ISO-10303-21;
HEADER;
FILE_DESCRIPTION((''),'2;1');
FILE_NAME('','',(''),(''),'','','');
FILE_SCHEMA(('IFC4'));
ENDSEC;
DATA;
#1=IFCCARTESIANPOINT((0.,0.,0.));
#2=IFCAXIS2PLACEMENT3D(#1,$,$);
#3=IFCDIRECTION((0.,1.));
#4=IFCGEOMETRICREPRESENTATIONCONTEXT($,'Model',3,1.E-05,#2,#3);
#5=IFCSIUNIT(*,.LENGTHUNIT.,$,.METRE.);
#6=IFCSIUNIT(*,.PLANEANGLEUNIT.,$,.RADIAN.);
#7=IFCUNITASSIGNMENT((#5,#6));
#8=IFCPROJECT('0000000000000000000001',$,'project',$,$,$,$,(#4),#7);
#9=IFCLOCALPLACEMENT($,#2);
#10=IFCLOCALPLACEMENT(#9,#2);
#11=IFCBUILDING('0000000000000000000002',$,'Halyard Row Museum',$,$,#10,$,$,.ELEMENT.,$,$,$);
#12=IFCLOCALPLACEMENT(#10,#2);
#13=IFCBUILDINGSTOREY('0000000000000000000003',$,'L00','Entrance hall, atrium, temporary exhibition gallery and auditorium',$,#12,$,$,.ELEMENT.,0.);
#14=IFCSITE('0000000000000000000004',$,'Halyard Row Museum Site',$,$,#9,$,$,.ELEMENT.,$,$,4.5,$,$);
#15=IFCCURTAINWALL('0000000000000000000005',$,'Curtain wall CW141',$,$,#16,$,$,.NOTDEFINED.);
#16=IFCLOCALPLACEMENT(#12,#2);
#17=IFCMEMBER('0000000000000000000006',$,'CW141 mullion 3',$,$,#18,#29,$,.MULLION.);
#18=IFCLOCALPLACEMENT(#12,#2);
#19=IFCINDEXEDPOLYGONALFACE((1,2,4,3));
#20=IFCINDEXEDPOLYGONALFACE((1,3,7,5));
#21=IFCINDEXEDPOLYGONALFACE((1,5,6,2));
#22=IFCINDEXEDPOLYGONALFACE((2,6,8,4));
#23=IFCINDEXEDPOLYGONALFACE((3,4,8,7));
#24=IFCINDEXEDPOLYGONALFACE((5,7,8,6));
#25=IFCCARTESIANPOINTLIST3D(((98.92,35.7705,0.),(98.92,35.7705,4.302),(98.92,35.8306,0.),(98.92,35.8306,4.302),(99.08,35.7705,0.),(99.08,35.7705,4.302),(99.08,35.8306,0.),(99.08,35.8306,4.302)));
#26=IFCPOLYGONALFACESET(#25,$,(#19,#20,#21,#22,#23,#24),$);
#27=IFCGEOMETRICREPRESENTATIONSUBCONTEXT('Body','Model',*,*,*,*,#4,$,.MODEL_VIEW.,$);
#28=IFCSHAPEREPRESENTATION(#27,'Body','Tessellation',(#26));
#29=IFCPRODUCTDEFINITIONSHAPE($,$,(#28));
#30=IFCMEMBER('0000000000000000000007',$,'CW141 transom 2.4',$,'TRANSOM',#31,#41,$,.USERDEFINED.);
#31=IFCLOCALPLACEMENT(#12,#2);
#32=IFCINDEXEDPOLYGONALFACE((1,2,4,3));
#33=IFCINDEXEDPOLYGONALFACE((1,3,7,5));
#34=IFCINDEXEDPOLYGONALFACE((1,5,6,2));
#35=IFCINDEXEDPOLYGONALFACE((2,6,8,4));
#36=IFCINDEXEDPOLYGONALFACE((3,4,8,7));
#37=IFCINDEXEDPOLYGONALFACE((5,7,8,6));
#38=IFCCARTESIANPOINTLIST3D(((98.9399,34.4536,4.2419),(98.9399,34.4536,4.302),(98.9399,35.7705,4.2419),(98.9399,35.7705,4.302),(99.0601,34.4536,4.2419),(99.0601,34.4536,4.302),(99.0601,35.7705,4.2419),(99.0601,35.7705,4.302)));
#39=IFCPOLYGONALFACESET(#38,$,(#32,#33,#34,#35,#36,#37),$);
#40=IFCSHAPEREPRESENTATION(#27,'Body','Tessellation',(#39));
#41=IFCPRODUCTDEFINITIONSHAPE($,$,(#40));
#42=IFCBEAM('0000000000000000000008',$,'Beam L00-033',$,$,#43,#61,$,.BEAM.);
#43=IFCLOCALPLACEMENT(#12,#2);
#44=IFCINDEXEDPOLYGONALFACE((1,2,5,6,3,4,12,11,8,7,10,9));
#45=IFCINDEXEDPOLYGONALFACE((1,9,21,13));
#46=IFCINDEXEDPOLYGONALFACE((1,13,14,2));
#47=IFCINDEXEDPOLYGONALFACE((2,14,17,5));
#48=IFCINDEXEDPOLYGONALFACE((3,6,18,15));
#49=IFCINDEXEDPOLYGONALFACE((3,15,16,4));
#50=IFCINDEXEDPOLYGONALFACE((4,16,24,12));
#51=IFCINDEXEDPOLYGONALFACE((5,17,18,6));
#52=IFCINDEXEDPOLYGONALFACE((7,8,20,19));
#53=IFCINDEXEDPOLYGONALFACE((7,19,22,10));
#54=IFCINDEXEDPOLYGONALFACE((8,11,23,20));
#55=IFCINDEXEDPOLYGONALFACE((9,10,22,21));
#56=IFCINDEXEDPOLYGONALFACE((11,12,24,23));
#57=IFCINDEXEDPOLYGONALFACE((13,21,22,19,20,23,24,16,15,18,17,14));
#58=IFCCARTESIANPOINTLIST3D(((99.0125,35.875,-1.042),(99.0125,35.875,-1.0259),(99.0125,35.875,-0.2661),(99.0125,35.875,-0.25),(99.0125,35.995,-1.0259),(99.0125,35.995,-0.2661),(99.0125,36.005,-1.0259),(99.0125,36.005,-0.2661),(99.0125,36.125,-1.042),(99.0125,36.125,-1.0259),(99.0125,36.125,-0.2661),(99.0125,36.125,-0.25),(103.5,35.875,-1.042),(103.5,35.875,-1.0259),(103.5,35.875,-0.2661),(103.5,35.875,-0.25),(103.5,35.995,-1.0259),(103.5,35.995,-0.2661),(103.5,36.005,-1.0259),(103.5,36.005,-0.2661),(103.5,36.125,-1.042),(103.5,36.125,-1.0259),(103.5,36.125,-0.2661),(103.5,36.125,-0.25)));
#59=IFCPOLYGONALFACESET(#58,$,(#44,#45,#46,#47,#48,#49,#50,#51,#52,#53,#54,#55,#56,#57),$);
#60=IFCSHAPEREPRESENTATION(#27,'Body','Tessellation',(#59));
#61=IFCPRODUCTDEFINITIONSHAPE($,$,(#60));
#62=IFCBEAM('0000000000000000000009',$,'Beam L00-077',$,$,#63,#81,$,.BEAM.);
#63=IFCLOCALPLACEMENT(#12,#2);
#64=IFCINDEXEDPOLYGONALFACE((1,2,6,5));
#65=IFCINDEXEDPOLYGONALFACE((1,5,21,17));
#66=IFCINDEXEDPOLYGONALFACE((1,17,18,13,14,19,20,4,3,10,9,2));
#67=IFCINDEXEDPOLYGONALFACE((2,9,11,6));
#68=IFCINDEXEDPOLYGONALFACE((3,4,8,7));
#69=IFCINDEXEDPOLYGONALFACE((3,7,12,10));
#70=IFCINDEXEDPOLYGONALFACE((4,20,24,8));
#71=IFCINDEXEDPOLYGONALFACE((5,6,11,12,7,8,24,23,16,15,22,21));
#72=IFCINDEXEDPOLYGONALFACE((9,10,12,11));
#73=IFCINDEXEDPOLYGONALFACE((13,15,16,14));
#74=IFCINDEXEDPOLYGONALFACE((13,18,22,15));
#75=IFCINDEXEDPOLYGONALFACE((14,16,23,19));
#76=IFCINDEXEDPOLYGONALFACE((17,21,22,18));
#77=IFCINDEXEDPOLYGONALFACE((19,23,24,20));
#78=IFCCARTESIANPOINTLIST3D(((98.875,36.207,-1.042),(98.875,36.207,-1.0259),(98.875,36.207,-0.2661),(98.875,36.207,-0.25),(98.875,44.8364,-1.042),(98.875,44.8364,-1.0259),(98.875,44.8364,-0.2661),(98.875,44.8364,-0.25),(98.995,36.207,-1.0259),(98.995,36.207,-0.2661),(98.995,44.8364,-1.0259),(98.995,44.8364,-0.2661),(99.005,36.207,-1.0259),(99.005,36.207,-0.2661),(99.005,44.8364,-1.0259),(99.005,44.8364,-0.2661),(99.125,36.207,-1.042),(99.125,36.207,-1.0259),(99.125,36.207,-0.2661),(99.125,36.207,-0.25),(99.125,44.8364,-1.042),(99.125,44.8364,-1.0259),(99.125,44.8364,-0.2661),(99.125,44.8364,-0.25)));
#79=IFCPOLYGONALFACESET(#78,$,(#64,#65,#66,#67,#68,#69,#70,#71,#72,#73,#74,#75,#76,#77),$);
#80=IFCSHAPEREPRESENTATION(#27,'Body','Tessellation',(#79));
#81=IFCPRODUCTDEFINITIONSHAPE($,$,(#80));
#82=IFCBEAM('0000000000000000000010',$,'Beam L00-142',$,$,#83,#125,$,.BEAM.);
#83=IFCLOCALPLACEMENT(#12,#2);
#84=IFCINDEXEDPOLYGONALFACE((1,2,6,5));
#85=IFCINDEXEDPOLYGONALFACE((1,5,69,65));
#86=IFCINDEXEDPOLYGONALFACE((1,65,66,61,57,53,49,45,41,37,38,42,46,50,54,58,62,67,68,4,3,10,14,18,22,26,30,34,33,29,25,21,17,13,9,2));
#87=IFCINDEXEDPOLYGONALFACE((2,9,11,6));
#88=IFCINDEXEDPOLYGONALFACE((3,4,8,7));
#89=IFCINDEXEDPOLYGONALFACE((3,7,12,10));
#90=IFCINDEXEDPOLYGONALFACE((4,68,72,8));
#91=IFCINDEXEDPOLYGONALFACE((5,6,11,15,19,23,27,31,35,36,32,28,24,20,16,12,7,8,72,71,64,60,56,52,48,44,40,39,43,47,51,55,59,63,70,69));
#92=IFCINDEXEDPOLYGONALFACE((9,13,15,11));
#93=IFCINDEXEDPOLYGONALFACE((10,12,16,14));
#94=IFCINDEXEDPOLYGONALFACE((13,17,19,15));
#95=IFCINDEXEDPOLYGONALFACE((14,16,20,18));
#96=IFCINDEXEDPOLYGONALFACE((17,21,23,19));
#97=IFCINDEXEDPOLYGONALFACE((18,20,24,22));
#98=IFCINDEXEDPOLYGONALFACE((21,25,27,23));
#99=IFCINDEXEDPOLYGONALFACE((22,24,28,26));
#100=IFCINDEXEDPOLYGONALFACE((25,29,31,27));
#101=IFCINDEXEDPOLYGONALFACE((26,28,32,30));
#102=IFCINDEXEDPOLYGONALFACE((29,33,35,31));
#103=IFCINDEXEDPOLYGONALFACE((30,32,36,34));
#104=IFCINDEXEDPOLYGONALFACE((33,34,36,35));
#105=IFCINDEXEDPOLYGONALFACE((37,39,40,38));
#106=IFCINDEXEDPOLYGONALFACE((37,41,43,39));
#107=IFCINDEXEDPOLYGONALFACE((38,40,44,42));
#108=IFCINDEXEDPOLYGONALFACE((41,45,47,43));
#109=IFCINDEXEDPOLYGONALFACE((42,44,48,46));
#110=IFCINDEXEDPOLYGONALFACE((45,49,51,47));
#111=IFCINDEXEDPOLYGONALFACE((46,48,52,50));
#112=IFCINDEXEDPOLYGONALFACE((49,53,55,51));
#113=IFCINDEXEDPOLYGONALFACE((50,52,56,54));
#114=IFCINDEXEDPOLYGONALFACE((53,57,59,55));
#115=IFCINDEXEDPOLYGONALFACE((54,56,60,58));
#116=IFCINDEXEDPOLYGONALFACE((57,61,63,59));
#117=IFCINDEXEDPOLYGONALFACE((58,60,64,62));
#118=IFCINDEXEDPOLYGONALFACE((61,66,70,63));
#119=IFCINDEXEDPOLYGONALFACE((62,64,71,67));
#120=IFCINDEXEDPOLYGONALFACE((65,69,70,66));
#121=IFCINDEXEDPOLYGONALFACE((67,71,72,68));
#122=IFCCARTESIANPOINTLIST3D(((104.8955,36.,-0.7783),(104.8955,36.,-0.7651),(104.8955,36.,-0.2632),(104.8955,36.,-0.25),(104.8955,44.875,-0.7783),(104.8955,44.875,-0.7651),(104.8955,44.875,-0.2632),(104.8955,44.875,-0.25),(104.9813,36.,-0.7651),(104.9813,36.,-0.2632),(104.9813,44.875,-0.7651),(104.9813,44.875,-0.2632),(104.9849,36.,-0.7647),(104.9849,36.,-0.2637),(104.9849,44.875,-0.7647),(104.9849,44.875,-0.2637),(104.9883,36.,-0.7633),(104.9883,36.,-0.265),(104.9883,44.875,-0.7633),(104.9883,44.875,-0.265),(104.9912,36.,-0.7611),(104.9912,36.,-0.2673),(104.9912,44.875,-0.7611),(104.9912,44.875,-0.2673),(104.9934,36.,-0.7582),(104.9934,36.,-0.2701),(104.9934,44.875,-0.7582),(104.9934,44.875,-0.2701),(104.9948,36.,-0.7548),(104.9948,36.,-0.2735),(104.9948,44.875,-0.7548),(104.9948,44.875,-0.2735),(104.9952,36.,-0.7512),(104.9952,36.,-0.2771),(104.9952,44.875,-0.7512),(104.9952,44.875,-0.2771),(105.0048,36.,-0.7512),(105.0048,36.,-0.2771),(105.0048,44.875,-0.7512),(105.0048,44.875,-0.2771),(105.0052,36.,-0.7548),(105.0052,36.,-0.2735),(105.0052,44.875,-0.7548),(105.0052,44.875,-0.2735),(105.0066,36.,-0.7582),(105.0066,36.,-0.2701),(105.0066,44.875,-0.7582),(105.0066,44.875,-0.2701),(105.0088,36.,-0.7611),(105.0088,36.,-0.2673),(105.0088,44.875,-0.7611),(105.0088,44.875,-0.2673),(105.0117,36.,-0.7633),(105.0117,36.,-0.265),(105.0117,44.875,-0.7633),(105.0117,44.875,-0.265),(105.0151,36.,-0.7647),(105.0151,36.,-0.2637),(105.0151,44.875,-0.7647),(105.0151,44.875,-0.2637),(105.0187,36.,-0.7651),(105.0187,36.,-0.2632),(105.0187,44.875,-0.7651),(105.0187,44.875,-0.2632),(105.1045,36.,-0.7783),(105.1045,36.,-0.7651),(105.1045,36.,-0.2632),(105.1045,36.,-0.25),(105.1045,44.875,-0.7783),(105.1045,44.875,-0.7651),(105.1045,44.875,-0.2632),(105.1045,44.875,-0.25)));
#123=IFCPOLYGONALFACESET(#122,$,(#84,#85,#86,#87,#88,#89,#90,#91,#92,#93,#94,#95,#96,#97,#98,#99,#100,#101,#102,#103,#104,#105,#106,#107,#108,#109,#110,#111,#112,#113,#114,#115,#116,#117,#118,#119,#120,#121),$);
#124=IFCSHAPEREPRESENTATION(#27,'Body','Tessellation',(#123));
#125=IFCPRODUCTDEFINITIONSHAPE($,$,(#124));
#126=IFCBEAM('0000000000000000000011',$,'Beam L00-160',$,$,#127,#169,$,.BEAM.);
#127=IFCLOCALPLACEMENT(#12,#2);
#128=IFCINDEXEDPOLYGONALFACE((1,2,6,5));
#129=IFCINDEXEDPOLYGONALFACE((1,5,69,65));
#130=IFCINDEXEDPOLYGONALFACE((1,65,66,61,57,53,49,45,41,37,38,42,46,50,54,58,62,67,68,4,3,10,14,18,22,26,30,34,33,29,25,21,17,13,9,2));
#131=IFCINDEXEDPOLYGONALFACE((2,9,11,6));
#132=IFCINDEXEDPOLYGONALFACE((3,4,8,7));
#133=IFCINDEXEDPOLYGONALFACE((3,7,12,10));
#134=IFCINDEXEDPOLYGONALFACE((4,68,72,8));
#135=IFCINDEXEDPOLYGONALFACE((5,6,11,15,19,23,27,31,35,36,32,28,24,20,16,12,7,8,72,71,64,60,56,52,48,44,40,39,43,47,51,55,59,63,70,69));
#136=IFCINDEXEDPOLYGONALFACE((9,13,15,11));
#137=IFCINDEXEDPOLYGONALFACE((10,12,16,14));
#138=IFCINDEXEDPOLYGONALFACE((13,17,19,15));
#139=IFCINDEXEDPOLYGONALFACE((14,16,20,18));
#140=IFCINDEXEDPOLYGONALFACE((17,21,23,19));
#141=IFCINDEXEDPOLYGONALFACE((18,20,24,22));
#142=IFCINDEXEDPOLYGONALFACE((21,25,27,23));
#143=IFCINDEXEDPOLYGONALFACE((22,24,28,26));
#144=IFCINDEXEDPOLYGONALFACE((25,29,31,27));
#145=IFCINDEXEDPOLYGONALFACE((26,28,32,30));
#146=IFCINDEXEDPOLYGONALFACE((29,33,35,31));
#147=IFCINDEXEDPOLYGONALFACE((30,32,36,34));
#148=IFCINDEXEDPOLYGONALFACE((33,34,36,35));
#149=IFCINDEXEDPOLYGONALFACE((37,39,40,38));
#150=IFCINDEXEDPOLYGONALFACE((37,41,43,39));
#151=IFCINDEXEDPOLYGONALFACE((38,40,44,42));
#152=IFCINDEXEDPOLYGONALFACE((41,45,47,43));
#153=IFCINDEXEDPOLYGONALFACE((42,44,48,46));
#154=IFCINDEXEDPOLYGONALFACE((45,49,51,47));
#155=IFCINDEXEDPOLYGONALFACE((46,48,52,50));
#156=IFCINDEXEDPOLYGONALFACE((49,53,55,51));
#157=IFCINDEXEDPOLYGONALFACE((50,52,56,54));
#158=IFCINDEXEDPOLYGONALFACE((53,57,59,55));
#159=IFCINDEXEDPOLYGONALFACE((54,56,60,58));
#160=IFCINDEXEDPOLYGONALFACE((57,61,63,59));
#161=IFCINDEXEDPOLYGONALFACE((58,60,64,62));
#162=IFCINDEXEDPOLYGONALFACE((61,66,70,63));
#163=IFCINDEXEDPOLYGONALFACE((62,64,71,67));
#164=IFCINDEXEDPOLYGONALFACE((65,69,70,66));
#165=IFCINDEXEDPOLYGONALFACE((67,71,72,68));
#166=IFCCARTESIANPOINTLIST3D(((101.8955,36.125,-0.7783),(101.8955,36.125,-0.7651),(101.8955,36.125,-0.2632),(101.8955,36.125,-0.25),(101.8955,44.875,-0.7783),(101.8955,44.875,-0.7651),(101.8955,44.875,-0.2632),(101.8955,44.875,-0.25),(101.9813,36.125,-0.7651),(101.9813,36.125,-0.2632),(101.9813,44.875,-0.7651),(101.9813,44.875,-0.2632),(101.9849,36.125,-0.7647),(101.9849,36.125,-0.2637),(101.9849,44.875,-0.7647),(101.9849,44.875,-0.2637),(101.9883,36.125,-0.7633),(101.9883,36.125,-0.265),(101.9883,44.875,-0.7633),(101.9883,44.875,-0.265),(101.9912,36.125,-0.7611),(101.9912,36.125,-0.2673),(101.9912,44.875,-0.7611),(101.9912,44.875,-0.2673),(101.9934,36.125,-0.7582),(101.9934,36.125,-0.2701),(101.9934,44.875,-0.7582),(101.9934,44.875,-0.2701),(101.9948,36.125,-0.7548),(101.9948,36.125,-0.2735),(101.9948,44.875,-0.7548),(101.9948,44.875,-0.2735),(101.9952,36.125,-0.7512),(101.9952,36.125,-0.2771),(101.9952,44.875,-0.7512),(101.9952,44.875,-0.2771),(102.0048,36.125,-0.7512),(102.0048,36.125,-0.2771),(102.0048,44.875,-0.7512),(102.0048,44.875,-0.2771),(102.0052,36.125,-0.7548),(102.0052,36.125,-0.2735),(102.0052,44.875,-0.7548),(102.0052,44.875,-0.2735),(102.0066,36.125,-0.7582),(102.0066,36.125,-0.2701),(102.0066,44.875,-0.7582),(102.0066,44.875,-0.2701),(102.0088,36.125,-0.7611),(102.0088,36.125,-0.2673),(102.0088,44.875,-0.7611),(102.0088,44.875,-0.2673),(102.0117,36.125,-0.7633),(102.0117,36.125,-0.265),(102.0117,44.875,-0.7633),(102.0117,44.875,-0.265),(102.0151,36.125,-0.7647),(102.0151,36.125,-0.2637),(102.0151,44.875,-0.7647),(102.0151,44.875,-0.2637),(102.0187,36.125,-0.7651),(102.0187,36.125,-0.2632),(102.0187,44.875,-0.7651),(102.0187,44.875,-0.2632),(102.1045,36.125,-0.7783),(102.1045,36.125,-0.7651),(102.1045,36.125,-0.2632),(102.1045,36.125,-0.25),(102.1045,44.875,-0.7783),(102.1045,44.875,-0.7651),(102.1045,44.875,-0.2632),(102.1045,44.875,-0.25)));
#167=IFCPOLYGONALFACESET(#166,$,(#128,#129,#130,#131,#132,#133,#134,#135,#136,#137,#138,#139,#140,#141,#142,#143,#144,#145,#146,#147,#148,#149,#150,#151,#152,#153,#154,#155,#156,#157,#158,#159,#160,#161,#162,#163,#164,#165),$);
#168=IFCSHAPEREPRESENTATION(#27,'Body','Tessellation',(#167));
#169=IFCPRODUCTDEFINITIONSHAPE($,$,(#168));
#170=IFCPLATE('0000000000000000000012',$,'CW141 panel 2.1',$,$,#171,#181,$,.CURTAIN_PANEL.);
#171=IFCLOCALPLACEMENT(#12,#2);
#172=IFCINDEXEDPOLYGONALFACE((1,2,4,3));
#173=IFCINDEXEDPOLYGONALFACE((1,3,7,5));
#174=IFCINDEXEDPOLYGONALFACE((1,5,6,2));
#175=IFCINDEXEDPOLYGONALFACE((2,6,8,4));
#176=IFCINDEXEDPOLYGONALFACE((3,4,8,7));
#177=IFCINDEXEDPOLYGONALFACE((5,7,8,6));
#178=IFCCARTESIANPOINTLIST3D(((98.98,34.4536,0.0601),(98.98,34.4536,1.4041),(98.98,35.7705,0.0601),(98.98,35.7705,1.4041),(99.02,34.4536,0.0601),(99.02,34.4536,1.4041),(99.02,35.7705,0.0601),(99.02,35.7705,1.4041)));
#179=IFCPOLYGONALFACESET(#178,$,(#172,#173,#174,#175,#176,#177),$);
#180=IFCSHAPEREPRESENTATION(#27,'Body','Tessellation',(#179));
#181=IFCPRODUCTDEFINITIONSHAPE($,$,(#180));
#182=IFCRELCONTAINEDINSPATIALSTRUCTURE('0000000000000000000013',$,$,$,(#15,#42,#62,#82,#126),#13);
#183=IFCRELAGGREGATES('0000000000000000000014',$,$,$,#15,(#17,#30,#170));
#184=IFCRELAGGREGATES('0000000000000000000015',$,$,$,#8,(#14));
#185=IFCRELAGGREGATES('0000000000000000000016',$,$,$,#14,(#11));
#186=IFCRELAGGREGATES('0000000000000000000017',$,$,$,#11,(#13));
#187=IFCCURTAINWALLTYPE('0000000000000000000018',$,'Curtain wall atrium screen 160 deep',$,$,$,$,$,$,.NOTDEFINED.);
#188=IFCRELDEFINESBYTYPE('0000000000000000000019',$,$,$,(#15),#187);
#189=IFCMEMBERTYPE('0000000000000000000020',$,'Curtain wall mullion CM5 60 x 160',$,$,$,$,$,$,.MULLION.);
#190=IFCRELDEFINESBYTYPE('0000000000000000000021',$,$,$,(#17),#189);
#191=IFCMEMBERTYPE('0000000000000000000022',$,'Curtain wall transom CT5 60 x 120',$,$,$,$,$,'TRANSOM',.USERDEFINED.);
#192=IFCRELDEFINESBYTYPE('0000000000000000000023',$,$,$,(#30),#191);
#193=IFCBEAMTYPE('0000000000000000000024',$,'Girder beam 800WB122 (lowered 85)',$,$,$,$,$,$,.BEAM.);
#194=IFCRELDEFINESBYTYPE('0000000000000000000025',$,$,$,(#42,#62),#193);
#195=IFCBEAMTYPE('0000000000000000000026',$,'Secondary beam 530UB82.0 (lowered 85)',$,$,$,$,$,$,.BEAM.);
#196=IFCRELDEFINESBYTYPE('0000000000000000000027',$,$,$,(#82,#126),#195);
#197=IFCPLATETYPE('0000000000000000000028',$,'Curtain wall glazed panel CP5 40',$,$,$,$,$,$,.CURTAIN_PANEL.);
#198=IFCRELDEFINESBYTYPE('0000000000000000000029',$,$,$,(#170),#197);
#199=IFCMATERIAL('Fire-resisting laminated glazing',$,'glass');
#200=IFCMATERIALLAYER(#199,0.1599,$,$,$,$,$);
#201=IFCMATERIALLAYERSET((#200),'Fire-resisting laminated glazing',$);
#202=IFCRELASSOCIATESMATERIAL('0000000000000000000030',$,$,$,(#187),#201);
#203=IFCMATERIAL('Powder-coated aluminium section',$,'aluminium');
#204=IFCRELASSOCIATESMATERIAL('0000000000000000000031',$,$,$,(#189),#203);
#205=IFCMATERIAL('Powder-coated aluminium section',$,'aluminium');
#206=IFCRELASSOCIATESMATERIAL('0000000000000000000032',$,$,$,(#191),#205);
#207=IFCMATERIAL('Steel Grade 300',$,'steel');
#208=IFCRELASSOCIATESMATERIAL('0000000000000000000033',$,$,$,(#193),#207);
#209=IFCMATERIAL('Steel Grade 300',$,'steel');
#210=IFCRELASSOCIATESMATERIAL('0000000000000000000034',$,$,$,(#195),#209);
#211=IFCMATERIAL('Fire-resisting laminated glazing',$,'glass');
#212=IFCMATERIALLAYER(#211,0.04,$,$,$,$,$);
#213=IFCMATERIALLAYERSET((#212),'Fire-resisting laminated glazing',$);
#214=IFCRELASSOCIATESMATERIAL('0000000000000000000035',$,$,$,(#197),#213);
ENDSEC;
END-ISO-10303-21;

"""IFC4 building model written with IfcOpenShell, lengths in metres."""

from ifc_helpers import new_model, si_unit, direction, frame, origin, origin_2d, place, context, subcontext, project, spatial, rectangle, i_section, extrude, material, layer, layer_set, material_profile, profile_set, type_object, element, aggregate, save


model = new_model("IFC4")

# Units and contexts
model_context = context("Model", 3, precision=1e-05, world=origin(), true_north=direction((0.0, 1.0)))
body_context = subcontext(model_context, "Body", "Model", "MODEL_VIEW")
ifc_project = project(units=[si_unit("LENGTHUNIT", "METRE"), si_unit("PLANEANGLEUNIT", "RADIAN")], contexts=[model_context])

# Site, building, storey
site_placement = place(None, origin())
site = spatial("IfcSite", under=ifc_project, at=site_placement, Name="Halyard Row Museum Site", CompositionType="ELEMENT", RefElevation=4.5)
building_placement = place(site_placement, origin())
building = spatial("IfcBuilding", under=site, at=building_placement, Name="Halyard Row Museum", CompositionType="ELEMENT")
storey_placement = place(building_placement, origin())
storey = spatial("IfcBuildingStorey", under=building, at=storey_placement, Name="L00", Description="Entrance hall, atrium, temporary exhibition gallery and auditorium", CompositionType="ELEMENT", Elevation=0.0)

# Curtain wall, members
ifc_material_1 = material(Name="Fire-resisting laminated glazing", Category="glass")
ifc_layer_1 = layer(ifc_material_1, 0.1599)
ifc_layer_set_1 = layer_set([ifc_layer_1], Name="Fire-resisting laminated glazing")
curtain_wall_type = type_object("IfcCurtainWallType", Name="Curtain wall atrium screen 160 deep", PredefinedType="NOTDEFINED", material=ifc_layer_set_1)
curtain_wall_placement = place(storey_placement, origin())
curtain_wall = element("IfcCurtainWall", 1, at=curtain_wall_placement, inside=storey, type_object=curtain_wall_type, Name="Curtain wall CW141", PredefinedType="NOTDEFINED")
ifc_material_2 = material(Name="Powder-coated aluminium section", Category="aluminium")
ifc_material_profile_1 = material_profile(ifc_material_2, rectangle(XDim=0.1599, YDim=0.0601, at=origin_2d()), Name="160x60 mullion")
ifc_profile_set_1 = profile_set([ifc_material_profile_1], Name="Powder-coated aluminium section")
member_type_1 = type_object("IfcMemberType", Name="Curtain wall mullion CM5 60 x 160", PredefinedType="MULLION", material=ifc_profile_set_1)
member_1_placement = place(storey_placement, frame((99.0, 35.8005, 0.0), z_axis=(0.0, 0.0, 1.0), x_axis=(-1.0, 0.0, 0.0)))
member_1 = element("IfcMember", 2, at=member_1_placement, type_object=member_type_1, Name="CW141 mullion 3", PredefinedType="MULLION", context=body_context, shape_type="SweptSolid", body=[
    extrude(rectangle(XDim=0.1599, YDim=0.0601, at=origin_2d()), origin(), (0.0, 0.0, 1.0), 4.302),
])
ifc_material_3 = material(Name="Powder-coated aluminium section", Category="aluminium")
ifc_material_profile_2 = material_profile(ifc_material_3, rectangle(XDim=0.1201, YDim=0.0601, at=origin_2d()), Name="120x60 transom")
ifc_profile_set_2 = profile_set([ifc_material_profile_2], Name="Powder-coated aluminium section")
member_type_2 = type_object("IfcMemberType", Name="Curtain wall transom CT5 60 x 120", ElementType="TRANSOM", PredefinedType="USERDEFINED", material=ifc_profile_set_2)
member_2_placement = place(storey_placement, frame((99.0, 34.4536, 4.272), z_axis=(0.0, 1.0, 0.0), x_axis=(-1.0, 0.0, 0.0)))
member_2 = element("IfcMember", 3, at=member_2_placement, type_object=member_type_2, Name="CW141 transom 2.4", ObjectType="TRANSOM", PredefinedType="USERDEFINED", context=body_context, shape_type="SweptSolid", body=[
    extrude(rectangle(XDim=0.1201, YDim=0.0601, at=origin_2d()), origin(), (0.0, 0.0, 1.0), 1.3169),
])

# Beams
ifc_material_4 = material(Name="Steel Grade 300", Category="steel")
ifc_material_profile_3 = material_profile(ifc_material_4, i_section(OverallWidth=0.25, OverallDepth=0.792, WebThickness=0.01, FlangeThickness=0.0161, at=origin_2d()), Name="800WB122")
ifc_profile_set_3 = profile_set([ifc_material_profile_3], Name="Steel Grade 300")
beam_type_1 = type_object("IfcBeamType", Name="Girder beam 800WB122 (lowered 85)", PredefinedType="BEAM", material=ifc_profile_set_3)
beam_1_placement = place(storey_placement, frame((99.0125, 36.0, -0.646), z_axis=(1.0, 0.0, 0.0), x_axis=(0.0, 1.0, 0.0)))
element("IfcBeam", 4, at=beam_1_placement, inside=storey, type_object=beam_type_1, Name="Beam L00-033", PredefinedType="BEAM", context=body_context, shape_type="SweptSolid", body=[
    extrude(i_section(OverallWidth=0.25, OverallDepth=0.792, WebThickness=0.01, FlangeThickness=0.0161, at=origin_2d()), origin(), (0.0, 0.0, 1.0), 4.4875),
])
beam_2_placement = place(storey_placement, frame((99.0, 36.207, -0.646), z_axis=(0.0, 1.0, 0.0), x_axis=(-1.0, 0.0, 0.0)))
element("IfcBeam", 5, at=beam_2_placement, inside=storey, type_object=beam_type_1, Name="Beam L00-077", PredefinedType="BEAM", context=body_context, shape_type="SweptSolid", body=[
    extrude(i_section(OverallWidth=0.25, OverallDepth=0.792, WebThickness=0.01, FlangeThickness=0.0161, at=origin_2d()), origin(), (0.0, 0.0, 1.0), 8.6294),
])
ifc_material_5 = material(Name="Steel Grade 300", Category="steel")
ifc_material_profile_4 = material_profile(ifc_material_5, i_section(OverallWidth=0.209, OverallDepth=0.5283, WebThickness=0.0095, FlangeThickness=0.0132, FilletRadius=0.0139, at=origin_2d()), Name="530UB82.0")
ifc_profile_set_4 = profile_set([ifc_material_profile_4], Name="Steel Grade 300")
beam_type_2 = type_object("IfcBeamType", Name="Secondary beam 530UB82.0 (lowered 85)", PredefinedType="BEAM", material=ifc_profile_set_4)
beam_3_placement = place(storey_placement, frame((105.0, 36.0, -0.5142), z_axis=(0.0, 1.0, 0.0), x_axis=(-1.0, 0.0, 0.0)))
element("IfcBeam", 6, at=beam_3_placement, inside=storey, type_object=beam_type_2, Name="Beam L00-142", PredefinedType="BEAM", context=body_context, shape_type="SweptSolid", body=[
    extrude(i_section(OverallWidth=0.209, OverallDepth=0.5283, WebThickness=0.0095, FlangeThickness=0.0132, FilletRadius=0.0139, at=origin_2d()), origin(), (0.0, 0.0, 1.0), 8.875),
])
beam_4_placement = place(storey_placement, frame((102.0, 36.125, -0.5142), z_axis=(0.0, 1.0, 0.0), x_axis=(-1.0, 0.0, 0.0)))
element("IfcBeam", 7, at=beam_4_placement, inside=storey, type_object=beam_type_2, Name="Beam L00-160", PredefinedType="BEAM", context=body_context, shape_type="SweptSolid", body=[
    extrude(i_section(OverallWidth=0.209, OverallDepth=0.5283, WebThickness=0.0095, FlangeThickness=0.0132, FilletRadius=0.0139, at=origin_2d()), origin(), (0.0, 0.0, 1.0), 8.75),
])

# Plate
ifc_material_6 = material(Name="Fire-resisting laminated glazing", Category="glass")
ifc_layer_2 = layer(ifc_material_6, 0.04)
ifc_layer_set_2 = layer_set([ifc_layer_2], Name="Fire-resisting laminated glazing")
plate_type = type_object("IfcPlateType", Name="Curtain wall glazed panel CP5 40", PredefinedType="CURTAIN_PANEL", material=ifc_layer_set_2)
plate_1_placement = place(storey_placement, frame((99.0, 35.1121, 0.0601), z_axis=(0.0, 0.0, 1.0), x_axis=(0.0, 1.0, 0.0)))
plate_1 = element("IfcPlate", 8, at=plate_1_placement, type_object=plate_type, Name="CW141 panel 2.1", PredefinedType="CURTAIN_PANEL", context=body_context, shape_type="SweptSolid", body=[
    extrude(rectangle(XDim=1.3169, YDim=0.04, at=origin_2d()), origin(), (0.0, 0.0, 1.0), 1.344),
])
aggregate(curtain_wall, [member_1, member_2, plate_1])

save(model, "model.ifc")
